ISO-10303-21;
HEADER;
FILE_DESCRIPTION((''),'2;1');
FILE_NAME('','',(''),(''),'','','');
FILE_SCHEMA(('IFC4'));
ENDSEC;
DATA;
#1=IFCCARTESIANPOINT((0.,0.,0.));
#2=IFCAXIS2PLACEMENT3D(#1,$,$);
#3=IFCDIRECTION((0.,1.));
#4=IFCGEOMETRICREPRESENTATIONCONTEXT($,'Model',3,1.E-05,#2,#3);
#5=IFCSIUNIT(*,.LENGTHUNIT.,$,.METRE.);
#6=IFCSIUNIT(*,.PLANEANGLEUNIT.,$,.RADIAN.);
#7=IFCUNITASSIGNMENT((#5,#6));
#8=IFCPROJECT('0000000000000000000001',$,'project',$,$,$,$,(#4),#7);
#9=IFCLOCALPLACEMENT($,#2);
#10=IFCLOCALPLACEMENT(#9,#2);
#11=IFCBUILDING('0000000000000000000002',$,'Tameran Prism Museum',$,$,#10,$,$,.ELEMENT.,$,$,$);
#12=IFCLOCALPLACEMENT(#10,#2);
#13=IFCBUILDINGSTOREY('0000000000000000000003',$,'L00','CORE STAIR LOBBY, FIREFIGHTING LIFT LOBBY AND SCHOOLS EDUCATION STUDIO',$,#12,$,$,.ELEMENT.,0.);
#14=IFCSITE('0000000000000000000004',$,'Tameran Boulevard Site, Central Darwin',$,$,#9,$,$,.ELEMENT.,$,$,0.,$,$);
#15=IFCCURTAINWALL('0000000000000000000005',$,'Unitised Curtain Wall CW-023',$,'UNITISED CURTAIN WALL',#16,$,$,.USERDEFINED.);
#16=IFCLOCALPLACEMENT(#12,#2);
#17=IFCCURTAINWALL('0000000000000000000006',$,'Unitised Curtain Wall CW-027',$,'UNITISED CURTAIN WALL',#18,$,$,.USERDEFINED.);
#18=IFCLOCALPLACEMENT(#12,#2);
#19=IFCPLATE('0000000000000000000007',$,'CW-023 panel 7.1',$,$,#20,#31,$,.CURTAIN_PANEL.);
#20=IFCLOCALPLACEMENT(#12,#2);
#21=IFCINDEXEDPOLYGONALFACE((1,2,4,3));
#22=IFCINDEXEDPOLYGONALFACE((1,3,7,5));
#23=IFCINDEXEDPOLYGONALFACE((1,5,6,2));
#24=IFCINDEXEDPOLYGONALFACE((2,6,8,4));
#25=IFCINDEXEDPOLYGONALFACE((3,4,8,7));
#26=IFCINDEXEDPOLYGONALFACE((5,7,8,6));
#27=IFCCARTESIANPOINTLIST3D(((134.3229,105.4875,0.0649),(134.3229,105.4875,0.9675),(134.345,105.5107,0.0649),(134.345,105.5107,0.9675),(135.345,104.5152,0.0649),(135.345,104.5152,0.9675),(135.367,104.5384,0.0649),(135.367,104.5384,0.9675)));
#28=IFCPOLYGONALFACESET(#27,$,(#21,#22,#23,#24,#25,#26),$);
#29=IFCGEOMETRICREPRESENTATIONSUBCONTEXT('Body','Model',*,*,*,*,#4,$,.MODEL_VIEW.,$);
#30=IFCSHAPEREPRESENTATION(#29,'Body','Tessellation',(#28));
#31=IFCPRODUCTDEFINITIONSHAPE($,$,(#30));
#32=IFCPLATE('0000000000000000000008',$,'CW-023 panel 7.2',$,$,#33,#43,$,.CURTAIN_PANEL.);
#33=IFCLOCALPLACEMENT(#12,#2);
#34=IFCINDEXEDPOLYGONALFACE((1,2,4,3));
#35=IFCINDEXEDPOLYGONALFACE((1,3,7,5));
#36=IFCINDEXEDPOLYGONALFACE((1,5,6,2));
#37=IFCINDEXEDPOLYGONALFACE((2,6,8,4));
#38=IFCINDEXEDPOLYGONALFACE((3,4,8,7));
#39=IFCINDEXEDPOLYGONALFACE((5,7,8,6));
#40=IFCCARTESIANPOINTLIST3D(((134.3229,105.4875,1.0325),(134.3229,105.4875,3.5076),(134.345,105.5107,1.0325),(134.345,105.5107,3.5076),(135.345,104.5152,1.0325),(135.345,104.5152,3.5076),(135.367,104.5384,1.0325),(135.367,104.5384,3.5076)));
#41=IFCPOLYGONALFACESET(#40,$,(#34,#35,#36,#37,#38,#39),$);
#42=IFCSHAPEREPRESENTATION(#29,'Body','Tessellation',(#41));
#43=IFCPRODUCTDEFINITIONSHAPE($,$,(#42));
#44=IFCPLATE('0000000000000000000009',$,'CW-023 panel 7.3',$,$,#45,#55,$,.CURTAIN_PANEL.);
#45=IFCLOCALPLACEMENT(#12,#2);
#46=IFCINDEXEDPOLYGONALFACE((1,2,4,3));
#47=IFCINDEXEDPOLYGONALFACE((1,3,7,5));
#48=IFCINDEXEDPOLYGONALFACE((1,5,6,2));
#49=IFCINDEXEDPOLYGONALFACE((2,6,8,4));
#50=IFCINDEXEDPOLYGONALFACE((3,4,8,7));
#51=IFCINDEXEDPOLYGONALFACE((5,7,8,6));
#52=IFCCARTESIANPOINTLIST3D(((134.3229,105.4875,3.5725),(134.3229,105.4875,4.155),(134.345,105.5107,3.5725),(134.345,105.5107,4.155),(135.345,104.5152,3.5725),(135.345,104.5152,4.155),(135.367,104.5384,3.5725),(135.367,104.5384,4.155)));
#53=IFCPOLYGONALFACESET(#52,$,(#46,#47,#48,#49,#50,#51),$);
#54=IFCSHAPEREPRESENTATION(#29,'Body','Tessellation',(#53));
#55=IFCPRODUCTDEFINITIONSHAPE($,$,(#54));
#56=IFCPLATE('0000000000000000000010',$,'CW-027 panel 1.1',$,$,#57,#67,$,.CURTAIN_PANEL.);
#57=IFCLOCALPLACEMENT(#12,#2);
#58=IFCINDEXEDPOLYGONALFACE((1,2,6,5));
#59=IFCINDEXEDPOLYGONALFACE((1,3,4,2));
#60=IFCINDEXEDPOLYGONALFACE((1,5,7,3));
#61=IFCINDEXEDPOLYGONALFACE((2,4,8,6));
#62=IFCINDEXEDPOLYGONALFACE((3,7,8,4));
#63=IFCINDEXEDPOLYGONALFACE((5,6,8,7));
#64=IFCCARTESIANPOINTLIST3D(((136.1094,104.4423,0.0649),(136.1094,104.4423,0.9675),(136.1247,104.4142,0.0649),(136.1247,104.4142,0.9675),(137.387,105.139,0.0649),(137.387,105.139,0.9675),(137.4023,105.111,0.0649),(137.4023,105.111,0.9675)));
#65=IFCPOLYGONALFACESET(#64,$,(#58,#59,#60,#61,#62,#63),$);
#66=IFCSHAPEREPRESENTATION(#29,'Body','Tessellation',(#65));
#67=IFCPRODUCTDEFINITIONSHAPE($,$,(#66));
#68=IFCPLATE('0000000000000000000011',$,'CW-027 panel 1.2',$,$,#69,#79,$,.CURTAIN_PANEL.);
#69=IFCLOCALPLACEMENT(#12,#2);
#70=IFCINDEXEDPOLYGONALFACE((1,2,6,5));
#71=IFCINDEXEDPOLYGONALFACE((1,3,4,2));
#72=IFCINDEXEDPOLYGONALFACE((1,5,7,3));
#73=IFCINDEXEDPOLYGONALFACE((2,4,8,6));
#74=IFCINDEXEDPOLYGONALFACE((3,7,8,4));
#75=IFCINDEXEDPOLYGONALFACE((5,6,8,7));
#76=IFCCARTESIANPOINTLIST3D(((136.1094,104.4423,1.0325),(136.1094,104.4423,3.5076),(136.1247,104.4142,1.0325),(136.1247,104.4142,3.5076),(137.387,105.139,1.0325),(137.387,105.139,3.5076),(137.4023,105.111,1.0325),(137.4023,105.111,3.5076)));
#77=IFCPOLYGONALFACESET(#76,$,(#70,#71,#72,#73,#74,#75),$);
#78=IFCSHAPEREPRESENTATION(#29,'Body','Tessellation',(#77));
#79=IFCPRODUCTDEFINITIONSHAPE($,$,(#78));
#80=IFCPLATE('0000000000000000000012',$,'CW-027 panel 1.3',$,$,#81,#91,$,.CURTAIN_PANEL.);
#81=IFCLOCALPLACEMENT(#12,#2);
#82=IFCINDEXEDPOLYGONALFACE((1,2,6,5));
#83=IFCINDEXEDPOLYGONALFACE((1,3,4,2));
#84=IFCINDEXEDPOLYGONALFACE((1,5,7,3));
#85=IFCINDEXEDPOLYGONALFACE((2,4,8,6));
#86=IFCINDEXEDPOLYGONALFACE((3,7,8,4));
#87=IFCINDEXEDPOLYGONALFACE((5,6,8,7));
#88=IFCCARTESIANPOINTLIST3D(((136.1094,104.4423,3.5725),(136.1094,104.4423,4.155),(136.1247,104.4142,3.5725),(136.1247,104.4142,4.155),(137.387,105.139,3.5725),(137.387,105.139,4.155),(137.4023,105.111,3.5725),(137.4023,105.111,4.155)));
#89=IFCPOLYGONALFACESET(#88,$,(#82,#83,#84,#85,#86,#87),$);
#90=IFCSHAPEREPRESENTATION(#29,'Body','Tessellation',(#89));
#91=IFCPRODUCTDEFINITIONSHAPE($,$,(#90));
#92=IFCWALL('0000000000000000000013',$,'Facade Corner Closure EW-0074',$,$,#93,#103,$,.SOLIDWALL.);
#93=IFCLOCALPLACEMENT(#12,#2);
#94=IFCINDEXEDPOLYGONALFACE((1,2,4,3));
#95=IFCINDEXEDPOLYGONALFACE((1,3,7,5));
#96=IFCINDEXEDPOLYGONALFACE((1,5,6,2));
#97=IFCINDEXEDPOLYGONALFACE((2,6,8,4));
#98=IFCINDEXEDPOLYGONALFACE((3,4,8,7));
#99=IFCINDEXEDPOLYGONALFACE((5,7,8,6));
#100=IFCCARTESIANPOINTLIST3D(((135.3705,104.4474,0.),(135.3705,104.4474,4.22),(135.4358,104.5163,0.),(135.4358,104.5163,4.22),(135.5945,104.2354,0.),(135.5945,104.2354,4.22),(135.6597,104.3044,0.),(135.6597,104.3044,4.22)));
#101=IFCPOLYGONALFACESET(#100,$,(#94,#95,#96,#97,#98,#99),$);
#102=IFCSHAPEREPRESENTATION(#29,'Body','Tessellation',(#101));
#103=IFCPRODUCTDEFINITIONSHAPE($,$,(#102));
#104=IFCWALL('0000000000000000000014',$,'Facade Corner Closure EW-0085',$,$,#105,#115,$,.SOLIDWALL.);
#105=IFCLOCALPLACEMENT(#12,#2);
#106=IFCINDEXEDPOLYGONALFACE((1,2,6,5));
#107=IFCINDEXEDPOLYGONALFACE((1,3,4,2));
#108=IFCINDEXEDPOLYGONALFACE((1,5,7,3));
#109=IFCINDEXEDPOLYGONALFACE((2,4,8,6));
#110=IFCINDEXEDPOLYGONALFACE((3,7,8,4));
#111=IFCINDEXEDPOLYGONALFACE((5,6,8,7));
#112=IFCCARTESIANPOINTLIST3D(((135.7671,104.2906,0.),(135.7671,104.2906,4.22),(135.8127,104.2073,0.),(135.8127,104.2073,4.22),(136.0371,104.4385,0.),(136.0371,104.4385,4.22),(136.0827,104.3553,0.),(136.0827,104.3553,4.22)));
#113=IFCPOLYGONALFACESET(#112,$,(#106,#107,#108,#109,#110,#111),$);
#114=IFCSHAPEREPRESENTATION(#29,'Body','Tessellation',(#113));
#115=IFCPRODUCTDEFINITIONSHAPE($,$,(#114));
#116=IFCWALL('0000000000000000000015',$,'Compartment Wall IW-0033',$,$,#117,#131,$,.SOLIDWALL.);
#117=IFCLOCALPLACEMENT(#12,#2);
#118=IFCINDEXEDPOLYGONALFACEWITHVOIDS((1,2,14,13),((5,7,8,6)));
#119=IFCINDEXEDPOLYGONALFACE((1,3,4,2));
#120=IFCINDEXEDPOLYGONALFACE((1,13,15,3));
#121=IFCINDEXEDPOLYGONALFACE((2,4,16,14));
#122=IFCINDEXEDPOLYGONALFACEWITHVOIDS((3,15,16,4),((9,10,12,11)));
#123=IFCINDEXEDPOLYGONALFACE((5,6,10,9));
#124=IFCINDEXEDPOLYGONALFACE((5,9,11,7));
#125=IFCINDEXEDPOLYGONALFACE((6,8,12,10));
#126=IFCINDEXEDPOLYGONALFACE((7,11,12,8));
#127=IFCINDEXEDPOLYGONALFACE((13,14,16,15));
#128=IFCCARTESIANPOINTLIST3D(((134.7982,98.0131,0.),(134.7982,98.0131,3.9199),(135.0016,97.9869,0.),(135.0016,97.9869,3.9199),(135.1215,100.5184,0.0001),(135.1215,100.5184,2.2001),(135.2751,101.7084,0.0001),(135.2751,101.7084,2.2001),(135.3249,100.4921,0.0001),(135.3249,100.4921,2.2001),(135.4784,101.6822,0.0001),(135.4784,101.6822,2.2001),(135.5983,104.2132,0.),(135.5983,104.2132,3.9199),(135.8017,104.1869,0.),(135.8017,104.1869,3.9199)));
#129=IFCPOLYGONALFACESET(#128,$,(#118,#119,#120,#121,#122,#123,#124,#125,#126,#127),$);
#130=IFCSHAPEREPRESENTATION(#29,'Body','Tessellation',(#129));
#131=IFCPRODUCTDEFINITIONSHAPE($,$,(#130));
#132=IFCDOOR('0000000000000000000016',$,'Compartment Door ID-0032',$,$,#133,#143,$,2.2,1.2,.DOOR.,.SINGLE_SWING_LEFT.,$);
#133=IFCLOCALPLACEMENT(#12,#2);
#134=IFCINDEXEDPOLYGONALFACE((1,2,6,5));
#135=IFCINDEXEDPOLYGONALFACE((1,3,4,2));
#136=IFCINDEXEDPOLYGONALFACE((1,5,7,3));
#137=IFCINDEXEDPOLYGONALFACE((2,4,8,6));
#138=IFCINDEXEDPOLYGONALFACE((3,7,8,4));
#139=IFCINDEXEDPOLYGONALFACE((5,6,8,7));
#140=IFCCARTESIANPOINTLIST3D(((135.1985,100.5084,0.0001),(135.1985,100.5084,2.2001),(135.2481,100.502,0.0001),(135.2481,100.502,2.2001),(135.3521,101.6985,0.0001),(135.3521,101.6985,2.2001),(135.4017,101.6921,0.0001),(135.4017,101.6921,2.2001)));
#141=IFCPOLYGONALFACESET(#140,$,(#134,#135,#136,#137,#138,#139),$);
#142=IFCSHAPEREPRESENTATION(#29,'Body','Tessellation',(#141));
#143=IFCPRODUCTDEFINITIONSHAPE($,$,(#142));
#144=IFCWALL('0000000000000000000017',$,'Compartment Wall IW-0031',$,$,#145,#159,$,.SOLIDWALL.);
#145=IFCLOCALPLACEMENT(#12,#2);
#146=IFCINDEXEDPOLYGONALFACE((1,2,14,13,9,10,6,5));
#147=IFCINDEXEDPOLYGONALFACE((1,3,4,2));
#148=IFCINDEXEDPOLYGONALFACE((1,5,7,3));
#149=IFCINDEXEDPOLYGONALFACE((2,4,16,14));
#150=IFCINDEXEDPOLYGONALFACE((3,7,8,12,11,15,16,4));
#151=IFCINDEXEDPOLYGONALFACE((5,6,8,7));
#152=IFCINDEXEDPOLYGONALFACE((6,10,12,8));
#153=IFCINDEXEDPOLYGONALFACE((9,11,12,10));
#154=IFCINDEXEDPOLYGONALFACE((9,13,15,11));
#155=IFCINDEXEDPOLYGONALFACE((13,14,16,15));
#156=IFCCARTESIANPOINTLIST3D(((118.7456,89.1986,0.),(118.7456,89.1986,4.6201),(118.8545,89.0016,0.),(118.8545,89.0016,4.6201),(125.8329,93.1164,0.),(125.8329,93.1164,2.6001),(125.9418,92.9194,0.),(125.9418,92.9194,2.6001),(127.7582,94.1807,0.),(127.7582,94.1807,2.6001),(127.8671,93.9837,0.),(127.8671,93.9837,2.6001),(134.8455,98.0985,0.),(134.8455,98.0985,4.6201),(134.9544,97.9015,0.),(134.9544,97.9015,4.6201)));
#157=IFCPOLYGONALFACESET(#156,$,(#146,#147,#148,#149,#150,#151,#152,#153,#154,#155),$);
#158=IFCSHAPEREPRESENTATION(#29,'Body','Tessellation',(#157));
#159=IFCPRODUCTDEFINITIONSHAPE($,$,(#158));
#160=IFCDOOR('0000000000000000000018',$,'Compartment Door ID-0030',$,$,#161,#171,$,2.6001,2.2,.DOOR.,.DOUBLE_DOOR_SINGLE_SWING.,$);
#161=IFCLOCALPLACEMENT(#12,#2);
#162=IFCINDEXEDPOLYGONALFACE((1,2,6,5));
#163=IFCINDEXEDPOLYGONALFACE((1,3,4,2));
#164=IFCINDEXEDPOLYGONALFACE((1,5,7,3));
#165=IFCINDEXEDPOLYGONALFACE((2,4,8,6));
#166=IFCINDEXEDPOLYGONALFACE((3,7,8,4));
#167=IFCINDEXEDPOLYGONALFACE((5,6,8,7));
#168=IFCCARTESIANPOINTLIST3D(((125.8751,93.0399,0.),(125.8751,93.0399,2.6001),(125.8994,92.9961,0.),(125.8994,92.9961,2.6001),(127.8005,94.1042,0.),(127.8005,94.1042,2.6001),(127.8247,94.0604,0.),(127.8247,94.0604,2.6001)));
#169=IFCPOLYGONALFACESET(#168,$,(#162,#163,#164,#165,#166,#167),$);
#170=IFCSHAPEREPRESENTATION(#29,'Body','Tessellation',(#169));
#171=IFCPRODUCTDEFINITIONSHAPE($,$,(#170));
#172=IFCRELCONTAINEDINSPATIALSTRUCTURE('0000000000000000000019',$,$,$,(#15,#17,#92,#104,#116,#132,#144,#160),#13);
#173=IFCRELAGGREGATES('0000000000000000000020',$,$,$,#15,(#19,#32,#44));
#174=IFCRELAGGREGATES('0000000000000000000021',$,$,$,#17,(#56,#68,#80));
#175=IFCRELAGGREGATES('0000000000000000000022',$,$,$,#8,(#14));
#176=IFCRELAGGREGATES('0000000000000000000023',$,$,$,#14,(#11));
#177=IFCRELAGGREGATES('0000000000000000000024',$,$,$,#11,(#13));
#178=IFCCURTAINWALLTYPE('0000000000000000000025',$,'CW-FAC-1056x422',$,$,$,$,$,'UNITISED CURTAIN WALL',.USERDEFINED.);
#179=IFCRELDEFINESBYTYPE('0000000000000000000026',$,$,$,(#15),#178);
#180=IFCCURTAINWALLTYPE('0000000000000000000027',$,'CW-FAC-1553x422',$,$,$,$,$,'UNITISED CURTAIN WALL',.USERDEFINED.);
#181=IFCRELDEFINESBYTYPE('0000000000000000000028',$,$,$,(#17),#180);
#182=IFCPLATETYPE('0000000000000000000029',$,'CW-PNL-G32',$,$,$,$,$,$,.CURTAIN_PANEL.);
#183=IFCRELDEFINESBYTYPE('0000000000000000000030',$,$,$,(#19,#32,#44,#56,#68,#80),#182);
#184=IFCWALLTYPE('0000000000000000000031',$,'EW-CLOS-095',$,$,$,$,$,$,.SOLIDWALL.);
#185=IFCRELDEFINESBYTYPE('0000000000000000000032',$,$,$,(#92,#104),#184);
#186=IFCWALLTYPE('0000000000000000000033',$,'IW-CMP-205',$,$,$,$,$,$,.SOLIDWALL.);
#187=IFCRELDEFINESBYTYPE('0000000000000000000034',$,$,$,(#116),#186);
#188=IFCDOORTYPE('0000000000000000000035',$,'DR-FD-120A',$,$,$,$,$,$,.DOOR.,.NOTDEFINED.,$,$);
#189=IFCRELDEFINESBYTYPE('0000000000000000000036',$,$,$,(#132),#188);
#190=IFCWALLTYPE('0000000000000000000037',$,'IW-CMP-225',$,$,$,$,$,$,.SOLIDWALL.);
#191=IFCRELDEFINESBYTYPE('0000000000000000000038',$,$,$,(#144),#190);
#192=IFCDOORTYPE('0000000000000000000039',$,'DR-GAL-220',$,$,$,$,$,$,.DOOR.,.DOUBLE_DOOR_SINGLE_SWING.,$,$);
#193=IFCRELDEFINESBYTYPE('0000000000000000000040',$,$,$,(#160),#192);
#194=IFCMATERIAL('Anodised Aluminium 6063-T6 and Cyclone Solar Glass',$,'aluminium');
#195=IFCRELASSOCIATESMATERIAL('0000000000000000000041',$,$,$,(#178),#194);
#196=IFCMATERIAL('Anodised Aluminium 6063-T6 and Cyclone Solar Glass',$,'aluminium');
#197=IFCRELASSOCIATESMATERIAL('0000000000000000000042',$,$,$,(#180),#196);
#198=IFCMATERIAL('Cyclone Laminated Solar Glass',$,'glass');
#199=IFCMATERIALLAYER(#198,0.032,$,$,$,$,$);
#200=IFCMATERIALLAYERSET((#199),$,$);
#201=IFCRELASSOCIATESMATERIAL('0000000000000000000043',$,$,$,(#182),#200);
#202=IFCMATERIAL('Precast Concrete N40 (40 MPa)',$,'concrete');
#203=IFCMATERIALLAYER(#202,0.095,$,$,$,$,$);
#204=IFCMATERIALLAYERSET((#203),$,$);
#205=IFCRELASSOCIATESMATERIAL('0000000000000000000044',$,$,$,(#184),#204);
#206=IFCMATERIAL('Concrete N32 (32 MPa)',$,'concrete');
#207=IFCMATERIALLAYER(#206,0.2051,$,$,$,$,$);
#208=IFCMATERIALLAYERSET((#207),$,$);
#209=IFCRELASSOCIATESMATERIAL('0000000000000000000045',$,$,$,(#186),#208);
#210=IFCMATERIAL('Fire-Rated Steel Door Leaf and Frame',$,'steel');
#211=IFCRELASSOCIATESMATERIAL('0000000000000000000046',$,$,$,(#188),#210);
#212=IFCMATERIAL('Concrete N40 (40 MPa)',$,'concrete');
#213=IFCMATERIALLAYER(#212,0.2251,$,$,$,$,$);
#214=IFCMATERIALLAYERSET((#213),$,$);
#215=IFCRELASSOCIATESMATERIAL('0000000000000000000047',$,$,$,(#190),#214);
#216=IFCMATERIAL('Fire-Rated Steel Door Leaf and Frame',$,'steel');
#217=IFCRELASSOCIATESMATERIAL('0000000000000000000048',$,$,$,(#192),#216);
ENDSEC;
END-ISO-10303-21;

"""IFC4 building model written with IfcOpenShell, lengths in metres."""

from ifc_helpers import new_model, si_unit, direction, frame, frame_2d, origin, origin_2d, place, context, subcontext, project, spatial, rectangle, extrude, material, layer, layer_set, type_object, element, fill, aggregate, save


model = new_model("IFC4")

# Units and contexts
model_context = context("Model", 3, precision=1e-05, world=origin(), true_north=direction((0.0, 1.0)))
body_context = subcontext(model_context, "Body", "Model", "MODEL_VIEW")
ifc_project = project(units=[si_unit("LENGTHUNIT", "METRE"), si_unit("PLANEANGLEUNIT", "RADIAN")], contexts=[model_context])

# Site, building, storey
site_placement = place(None, origin())
site = spatial("IfcSite", under=ifc_project, at=site_placement, Name="Tameran Boulevard Site, Central Darwin", CompositionType="ELEMENT", RefElevation=0.0)
building_placement = place(site_placement, origin())
building = spatial("IfcBuilding", under=site, at=building_placement, Name="Tameran Prism Museum", CompositionType="ELEMENT")
storey_placement = place(building_placement, origin())
storey = spatial("IfcBuildingStorey", under=building, at=storey_placement, Name="L00", Description="CORE STAIR LOBBY, FIREFIGHTING LIFT LOBBY AND SCHOOLS EDUCATION STUDIO", CompositionType="ELEMENT", Elevation=0.0)

# Curtain wall
ifc_material_1 = material(Name="Anodised Aluminium 6063-T6 and Cyclone Solar Glass", Category="aluminium")
curtain_wall_type_1 = type_object("IfcCurtainWallType", Name="CW-FAC-1056x422", ElementType="UNITISED CURTAIN WALL", PredefinedType="USERDEFINED", material=ifc_material_1)
curtain_wall_1_placement = place(storey_placement, origin())
curtain_wall_1 = element("IfcCurtainWall", 1, at=curtain_wall_1_placement, inside=storey, type_object=curtain_wall_type_1, Name="Unitised Curtain Wall CW-023", ObjectType="UNITISED CURTAIN WALL", PredefinedType="USERDEFINED")

# Curtain wall
ifc_material_2 = material(Name="Anodised Aluminium 6063-T6 and Cyclone Solar Glass", Category="aluminium")
curtain_wall_type_2 = type_object("IfcCurtainWallType", Name="CW-FAC-1553x422", ElementType="UNITISED CURTAIN WALL", PredefinedType="USERDEFINED", material=ifc_material_2)
curtain_wall_2_placement = place(storey_placement, origin())
curtain_wall_2 = element("IfcCurtainWall", 2, at=curtain_wall_2_placement, inside=storey, type_object=curtain_wall_type_2, Name="Unitised Curtain Wall CW-027", ObjectType="UNITISED CURTAIN WALL", PredefinedType="USERDEFINED")

# Plates
ifc_material_3 = material(Name="Cyclone Laminated Solar Glass", Category="glass")
ifc_layer_1 = layer(ifc_material_3, 0.032)
ifc_layer_set_1 = layer_set([ifc_layer_1])
plate_type = type_object("IfcPlateType", Name="CW-PNL-G32", PredefinedType="CURTAIN_PANEL", material=ifc_layer_set_1)
plate_1_placement = place(storey_placement, frame((134.845, 105.0129, 0.0649), z_axis=(0.0, 0.0, 1.0), x_axis=(0.724505, -0.68927, 0.0)))
plate_1 = element("IfcPlate", 3, at=plate_1_placement, type_object=plate_type, Name="CW-023 panel 7.1", PredefinedType="CURTAIN_PANEL", context=body_context, shape_type="SweptSolid", body=[
    extrude(rectangle(XDim=1.4106, YDim=0.032, at=origin_2d()), origin(), (0.0, 0.0, 1.0), 0.9026),
])
plate_2_placement = place(storey_placement, frame((134.845, 105.0129, 1.0325), z_axis=(0.0, 0.0, 1.0), x_axis=(0.724505, -0.68927, 0.0)))
plate_2 = element("IfcPlate", 4, at=plate_2_placement, type_object=plate_type, Name="CW-023 panel 7.2", PredefinedType="CURTAIN_PANEL", context=body_context, shape_type="SweptSolid", body=[
    extrude(rectangle(XDim=1.4106, YDim=0.032, at=origin_2d()), origin(), (0.0, 0.0, 1.0), 2.4751),
])
plate_3_placement = place(storey_placement, frame((134.845, 105.0129, 3.5725), z_axis=(0.0, 0.0, 1.0), x_axis=(0.724505, -0.68927, 0.0)))
plate_3 = element("IfcPlate", 5, at=plate_3_placement, type_object=plate_type, Name="CW-023 panel 7.3", PredefinedType="CURTAIN_PANEL", context=body_context, shape_type="SweptSolid", body=[
    extrude(rectangle(XDim=1.4106, YDim=0.032, at=origin_2d()), origin(), (0.0, 0.0, 1.0), 0.5825),
])
aggregate(curtain_wall_1, [plate_1, plate_2, plate_3])
plate_4_placement = place(storey_placement, frame((136.7559, 104.7766, 0.0649), z_axis=(0.0, 0.0, 1.0), x_axis=(0.877928, 0.478793, 0.0)))
plate_4 = element("IfcPlate", 6, at=plate_4_placement, type_object=plate_type, Name="CW-027 panel 1.1", PredefinedType="CURTAIN_PANEL", context=body_context, shape_type="SweptSolid", body=[
    extrude(rectangle(XDim=1.4553, YDim=0.032, at=origin_2d()), origin(), (0.0, 0.0, 1.0), 0.9026),
])
plate_5_placement = place(storey_placement, frame((136.7559, 104.7766, 1.0325), z_axis=(0.0, 0.0, 1.0), x_axis=(0.877928, 0.478793, 0.0)))
plate_5 = element("IfcPlate", 7, at=plate_5_placement, type_object=plate_type, Name="CW-027 panel 1.2", PredefinedType="CURTAIN_PANEL", context=body_context, shape_type="SweptSolid", body=[
    extrude(rectangle(XDim=1.4553, YDim=0.032, at=origin_2d()), origin(), (0.0, 0.0, 1.0), 2.4751),
])
plate_6_placement = place(storey_placement, frame((136.7559, 104.7766, 3.5725), z_axis=(0.0, 0.0, 1.0), x_axis=(0.877928, 0.478793, 0.0)))
plate_6 = element("IfcPlate", 8, at=plate_6_placement, type_object=plate_type, Name="CW-027 panel 1.3", PredefinedType="CURTAIN_PANEL", context=body_context, shape_type="SweptSolid", body=[
    extrude(rectangle(XDim=1.4553, YDim=0.032, at=origin_2d()), origin(), (0.0, 0.0, 1.0), 0.5825),
])
aggregate(curtain_wall_2, [plate_4, plate_5, plate_6])

# Walls
ifc_material_4 = material(Name="Precast Concrete N40 (40 MPa)", Category="concrete")
ifc_layer_2 = layer(ifc_material_4, 0.095)
ifc_layer_set_2 = layer_set([ifc_layer_2])
wall_type_1 = type_object("IfcWallType", Name="EW-CLOS-095", PredefinedType="SOLIDWALL", material=ifc_layer_set_2)
wall_1_placement = place(storey_placement, frame((135.4031, 104.4819, 0.0), z_axis=(0.0, 0.0, 1.0), x_axis=(0.726244, -0.687437, 0.0)))
element("IfcWall", 9, at=wall_1_placement, inside=storey, type_object=wall_type_1, Name="Facade Corner Closure EW-0074", PredefinedType="SOLIDWALL", context=body_context, shape_type="SweptSolid", body=[
    extrude(rectangle(XDim=0.3083, YDim=0.095, at=frame_2d((0.1543, 0.0))), origin(), (0.0, 0.0, 1.0), 4.22),
])
wall_2_placement = place(storey_placement, frame((135.79, 104.249, 0.0), z_axis=(0.0, 0.0, 1.0), x_axis=(0.876985, 0.480518, 0.0)))
element("IfcWall", 10, at=wall_2_placement, inside=storey, type_object=wall_type_1, Name="Facade Corner Closure EW-0085", PredefinedType="SOLIDWALL", context=body_context, shape_type="SweptSolid", body=[
    extrude(rectangle(XDim=0.3079, YDim=0.095, at=frame_2d((0.1538, 0.0))), origin(), (0.0, 0.0, 1.0), 4.22),
])

# Walls, openings, doors
ifc_material_5 = material(Name="Concrete N32 (32 MPa)", Category="concrete")
ifc_layer_3 = layer(ifc_material_5, 0.2051)
ifc_layer_set_3 = layer_set([ifc_layer_3])
wall_type_2 = type_object("IfcWallType", Name="IW-CMP-205", PredefinedType="SOLIDWALL", material=ifc_layer_set_3)
wall_3_placement = place(storey_placement, frame((134.8999, 98.0, 0.0), z_axis=(0.0, 0.0, 1.0), x_axis=(0.12798, 0.991777, 0.0)))
wall_3 = element("IfcWall", 11, at=wall_3_placement, inside=storey, type_object=wall_type_2, Name="Compartment Wall IW-0033", PredefinedType="SOLIDWALL", context=body_context, shape_type="SweptSolid", body=[
    extrude(rectangle(XDim=6.2515, YDim=0.2051, at=frame_2d((3.1257, 0.0))), origin(), (0.0, 0.0, 1.0), 3.9199),
])
opening_1_placement = place(wall_3_placement, frame((2.5259, 0.0, 0.0)))
opening_1 = element("IfcOpeningElement", 12, at=opening_1_placement, cuts=wall_3, PredefinedType="OPENING", context=body_context, shape_type="SweptSolid", body=[
    extrude(rectangle(XDim=1.2, YDim=2.2, at=frame_2d((0.6001, 1.1001))), frame((0.0, 0.1125, 0.0), z_axis=(0.0, -1.0, 0.0), x_axis=(1.0, 0.0, 0.0)), (0.0, 0.0, 1.0), 0.2251),
])
ifc_material_6 = material(Name="Fire-Rated Steel Door Leaf and Frame", Category="steel")
door_type_1 = type_object("IfcDoorType", Name="DR-FD-120A", OperationType="NOTDEFINED", PredefinedType="DOOR", material=ifc_material_6)
door_1_placement = place(opening_1_placement, origin())
door_1 = element("IfcDoor", 13, at=door_1_placement, inside=storey, type_object=door_type_1, Name="Compartment Door ID-0032", OperationType="SINGLE_SWING_LEFT", OverallHeight=2.2, OverallWidth=1.2, PredefinedType="DOOR", context=body_context, shape_type="SweptSolid", body=[
    extrude(rectangle(XDim=1.2, YDim=2.2, at=frame_2d((0.6001, 1.1001))), frame((0.0, 0.0249, 0.0), z_axis=(0.0, -1.0, 0.0), x_axis=(1.0, 0.0, 0.0)), (0.0, 0.0, 1.0), 0.05),
])
fill(opening_1, door_1)
ifc_material_7 = material(Name="Concrete N40 (40 MPa)", Category="concrete")
ifc_layer_4 = layer(ifc_material_7, 0.2251)
ifc_layer_set_4 = layer_set([ifc_layer_4])
wall_type_3 = type_object("IfcWallType", Name="IW-CMP-225", PredefinedType="SOLIDWALL", material=ifc_layer_set_4)
wall_4_placement = place(storey_placement, frame((134.8999, 98.0, 0.0), z_axis=(0.0, 0.0, 1.0), x_axis=(-0.875181, -0.483795, 0.0)))
wall_4 = element("IfcWall", 14, at=wall_4_placement, inside=storey, type_object=wall_type_3, Name="Compartment Wall IW-0031", PredefinedType="SOLIDWALL", context=body_context, shape_type="SweptSolid", body=[
    extrude(rectangle(XDim=18.396, YDim=0.2251, at=frame_2d((9.198, 0.0))), origin(), (0.0, 0.0, 1.0), 4.6201),
])
opening_2_placement = place(wall_4_placement, frame((8.0979, 0.0, 0.0)))
opening_2 = element("IfcOpeningElement", 15, at=opening_2_placement, cuts=wall_4, PredefinedType="OPENING", context=body_context, shape_type="SweptSolid", body=[
    extrude(rectangle(XDim=2.2, YDim=2.6001, at=frame_2d((1.1001, 1.3))), frame((0.0, 0.1226, 0.0), z_axis=(0.0, -1.0, 0.0), x_axis=(1.0, 0.0, 0.0)), (0.0, 0.0, 1.0), 0.2451),
])
ifc_material_8 = material(Name="Fire-Rated Steel Door Leaf and Frame", Category="steel")
door_type_2 = type_object("IfcDoorType", Name="DR-GAL-220", OperationType="DOUBLE_DOOR_SINGLE_SWING", PredefinedType="DOOR", material=ifc_material_8)
door_2_placement = place(opening_2_placement, origin())
door_2 = element("IfcDoor", 16, at=door_2_placement, inside=storey, type_object=door_type_2, Name="Compartment Door ID-0030", OperationType="DOUBLE_DOOR_SINGLE_SWING", OverallHeight=2.6001, OverallWidth=2.2, PredefinedType="DOOR", context=body_context, shape_type="SweptSolid", body=[
    extrude(rectangle(XDim=2.2, YDim=2.6001, at=frame_2d((1.1001, 1.3))), frame((0.0, 0.0249, 0.0), z_axis=(0.0, -1.0, 0.0), x_axis=(1.0, 0.0, 0.0)), (0.0, 0.0, 1.0), 0.05),
])
fill(opening_2, door_2)

save(model, "model.ifc")
